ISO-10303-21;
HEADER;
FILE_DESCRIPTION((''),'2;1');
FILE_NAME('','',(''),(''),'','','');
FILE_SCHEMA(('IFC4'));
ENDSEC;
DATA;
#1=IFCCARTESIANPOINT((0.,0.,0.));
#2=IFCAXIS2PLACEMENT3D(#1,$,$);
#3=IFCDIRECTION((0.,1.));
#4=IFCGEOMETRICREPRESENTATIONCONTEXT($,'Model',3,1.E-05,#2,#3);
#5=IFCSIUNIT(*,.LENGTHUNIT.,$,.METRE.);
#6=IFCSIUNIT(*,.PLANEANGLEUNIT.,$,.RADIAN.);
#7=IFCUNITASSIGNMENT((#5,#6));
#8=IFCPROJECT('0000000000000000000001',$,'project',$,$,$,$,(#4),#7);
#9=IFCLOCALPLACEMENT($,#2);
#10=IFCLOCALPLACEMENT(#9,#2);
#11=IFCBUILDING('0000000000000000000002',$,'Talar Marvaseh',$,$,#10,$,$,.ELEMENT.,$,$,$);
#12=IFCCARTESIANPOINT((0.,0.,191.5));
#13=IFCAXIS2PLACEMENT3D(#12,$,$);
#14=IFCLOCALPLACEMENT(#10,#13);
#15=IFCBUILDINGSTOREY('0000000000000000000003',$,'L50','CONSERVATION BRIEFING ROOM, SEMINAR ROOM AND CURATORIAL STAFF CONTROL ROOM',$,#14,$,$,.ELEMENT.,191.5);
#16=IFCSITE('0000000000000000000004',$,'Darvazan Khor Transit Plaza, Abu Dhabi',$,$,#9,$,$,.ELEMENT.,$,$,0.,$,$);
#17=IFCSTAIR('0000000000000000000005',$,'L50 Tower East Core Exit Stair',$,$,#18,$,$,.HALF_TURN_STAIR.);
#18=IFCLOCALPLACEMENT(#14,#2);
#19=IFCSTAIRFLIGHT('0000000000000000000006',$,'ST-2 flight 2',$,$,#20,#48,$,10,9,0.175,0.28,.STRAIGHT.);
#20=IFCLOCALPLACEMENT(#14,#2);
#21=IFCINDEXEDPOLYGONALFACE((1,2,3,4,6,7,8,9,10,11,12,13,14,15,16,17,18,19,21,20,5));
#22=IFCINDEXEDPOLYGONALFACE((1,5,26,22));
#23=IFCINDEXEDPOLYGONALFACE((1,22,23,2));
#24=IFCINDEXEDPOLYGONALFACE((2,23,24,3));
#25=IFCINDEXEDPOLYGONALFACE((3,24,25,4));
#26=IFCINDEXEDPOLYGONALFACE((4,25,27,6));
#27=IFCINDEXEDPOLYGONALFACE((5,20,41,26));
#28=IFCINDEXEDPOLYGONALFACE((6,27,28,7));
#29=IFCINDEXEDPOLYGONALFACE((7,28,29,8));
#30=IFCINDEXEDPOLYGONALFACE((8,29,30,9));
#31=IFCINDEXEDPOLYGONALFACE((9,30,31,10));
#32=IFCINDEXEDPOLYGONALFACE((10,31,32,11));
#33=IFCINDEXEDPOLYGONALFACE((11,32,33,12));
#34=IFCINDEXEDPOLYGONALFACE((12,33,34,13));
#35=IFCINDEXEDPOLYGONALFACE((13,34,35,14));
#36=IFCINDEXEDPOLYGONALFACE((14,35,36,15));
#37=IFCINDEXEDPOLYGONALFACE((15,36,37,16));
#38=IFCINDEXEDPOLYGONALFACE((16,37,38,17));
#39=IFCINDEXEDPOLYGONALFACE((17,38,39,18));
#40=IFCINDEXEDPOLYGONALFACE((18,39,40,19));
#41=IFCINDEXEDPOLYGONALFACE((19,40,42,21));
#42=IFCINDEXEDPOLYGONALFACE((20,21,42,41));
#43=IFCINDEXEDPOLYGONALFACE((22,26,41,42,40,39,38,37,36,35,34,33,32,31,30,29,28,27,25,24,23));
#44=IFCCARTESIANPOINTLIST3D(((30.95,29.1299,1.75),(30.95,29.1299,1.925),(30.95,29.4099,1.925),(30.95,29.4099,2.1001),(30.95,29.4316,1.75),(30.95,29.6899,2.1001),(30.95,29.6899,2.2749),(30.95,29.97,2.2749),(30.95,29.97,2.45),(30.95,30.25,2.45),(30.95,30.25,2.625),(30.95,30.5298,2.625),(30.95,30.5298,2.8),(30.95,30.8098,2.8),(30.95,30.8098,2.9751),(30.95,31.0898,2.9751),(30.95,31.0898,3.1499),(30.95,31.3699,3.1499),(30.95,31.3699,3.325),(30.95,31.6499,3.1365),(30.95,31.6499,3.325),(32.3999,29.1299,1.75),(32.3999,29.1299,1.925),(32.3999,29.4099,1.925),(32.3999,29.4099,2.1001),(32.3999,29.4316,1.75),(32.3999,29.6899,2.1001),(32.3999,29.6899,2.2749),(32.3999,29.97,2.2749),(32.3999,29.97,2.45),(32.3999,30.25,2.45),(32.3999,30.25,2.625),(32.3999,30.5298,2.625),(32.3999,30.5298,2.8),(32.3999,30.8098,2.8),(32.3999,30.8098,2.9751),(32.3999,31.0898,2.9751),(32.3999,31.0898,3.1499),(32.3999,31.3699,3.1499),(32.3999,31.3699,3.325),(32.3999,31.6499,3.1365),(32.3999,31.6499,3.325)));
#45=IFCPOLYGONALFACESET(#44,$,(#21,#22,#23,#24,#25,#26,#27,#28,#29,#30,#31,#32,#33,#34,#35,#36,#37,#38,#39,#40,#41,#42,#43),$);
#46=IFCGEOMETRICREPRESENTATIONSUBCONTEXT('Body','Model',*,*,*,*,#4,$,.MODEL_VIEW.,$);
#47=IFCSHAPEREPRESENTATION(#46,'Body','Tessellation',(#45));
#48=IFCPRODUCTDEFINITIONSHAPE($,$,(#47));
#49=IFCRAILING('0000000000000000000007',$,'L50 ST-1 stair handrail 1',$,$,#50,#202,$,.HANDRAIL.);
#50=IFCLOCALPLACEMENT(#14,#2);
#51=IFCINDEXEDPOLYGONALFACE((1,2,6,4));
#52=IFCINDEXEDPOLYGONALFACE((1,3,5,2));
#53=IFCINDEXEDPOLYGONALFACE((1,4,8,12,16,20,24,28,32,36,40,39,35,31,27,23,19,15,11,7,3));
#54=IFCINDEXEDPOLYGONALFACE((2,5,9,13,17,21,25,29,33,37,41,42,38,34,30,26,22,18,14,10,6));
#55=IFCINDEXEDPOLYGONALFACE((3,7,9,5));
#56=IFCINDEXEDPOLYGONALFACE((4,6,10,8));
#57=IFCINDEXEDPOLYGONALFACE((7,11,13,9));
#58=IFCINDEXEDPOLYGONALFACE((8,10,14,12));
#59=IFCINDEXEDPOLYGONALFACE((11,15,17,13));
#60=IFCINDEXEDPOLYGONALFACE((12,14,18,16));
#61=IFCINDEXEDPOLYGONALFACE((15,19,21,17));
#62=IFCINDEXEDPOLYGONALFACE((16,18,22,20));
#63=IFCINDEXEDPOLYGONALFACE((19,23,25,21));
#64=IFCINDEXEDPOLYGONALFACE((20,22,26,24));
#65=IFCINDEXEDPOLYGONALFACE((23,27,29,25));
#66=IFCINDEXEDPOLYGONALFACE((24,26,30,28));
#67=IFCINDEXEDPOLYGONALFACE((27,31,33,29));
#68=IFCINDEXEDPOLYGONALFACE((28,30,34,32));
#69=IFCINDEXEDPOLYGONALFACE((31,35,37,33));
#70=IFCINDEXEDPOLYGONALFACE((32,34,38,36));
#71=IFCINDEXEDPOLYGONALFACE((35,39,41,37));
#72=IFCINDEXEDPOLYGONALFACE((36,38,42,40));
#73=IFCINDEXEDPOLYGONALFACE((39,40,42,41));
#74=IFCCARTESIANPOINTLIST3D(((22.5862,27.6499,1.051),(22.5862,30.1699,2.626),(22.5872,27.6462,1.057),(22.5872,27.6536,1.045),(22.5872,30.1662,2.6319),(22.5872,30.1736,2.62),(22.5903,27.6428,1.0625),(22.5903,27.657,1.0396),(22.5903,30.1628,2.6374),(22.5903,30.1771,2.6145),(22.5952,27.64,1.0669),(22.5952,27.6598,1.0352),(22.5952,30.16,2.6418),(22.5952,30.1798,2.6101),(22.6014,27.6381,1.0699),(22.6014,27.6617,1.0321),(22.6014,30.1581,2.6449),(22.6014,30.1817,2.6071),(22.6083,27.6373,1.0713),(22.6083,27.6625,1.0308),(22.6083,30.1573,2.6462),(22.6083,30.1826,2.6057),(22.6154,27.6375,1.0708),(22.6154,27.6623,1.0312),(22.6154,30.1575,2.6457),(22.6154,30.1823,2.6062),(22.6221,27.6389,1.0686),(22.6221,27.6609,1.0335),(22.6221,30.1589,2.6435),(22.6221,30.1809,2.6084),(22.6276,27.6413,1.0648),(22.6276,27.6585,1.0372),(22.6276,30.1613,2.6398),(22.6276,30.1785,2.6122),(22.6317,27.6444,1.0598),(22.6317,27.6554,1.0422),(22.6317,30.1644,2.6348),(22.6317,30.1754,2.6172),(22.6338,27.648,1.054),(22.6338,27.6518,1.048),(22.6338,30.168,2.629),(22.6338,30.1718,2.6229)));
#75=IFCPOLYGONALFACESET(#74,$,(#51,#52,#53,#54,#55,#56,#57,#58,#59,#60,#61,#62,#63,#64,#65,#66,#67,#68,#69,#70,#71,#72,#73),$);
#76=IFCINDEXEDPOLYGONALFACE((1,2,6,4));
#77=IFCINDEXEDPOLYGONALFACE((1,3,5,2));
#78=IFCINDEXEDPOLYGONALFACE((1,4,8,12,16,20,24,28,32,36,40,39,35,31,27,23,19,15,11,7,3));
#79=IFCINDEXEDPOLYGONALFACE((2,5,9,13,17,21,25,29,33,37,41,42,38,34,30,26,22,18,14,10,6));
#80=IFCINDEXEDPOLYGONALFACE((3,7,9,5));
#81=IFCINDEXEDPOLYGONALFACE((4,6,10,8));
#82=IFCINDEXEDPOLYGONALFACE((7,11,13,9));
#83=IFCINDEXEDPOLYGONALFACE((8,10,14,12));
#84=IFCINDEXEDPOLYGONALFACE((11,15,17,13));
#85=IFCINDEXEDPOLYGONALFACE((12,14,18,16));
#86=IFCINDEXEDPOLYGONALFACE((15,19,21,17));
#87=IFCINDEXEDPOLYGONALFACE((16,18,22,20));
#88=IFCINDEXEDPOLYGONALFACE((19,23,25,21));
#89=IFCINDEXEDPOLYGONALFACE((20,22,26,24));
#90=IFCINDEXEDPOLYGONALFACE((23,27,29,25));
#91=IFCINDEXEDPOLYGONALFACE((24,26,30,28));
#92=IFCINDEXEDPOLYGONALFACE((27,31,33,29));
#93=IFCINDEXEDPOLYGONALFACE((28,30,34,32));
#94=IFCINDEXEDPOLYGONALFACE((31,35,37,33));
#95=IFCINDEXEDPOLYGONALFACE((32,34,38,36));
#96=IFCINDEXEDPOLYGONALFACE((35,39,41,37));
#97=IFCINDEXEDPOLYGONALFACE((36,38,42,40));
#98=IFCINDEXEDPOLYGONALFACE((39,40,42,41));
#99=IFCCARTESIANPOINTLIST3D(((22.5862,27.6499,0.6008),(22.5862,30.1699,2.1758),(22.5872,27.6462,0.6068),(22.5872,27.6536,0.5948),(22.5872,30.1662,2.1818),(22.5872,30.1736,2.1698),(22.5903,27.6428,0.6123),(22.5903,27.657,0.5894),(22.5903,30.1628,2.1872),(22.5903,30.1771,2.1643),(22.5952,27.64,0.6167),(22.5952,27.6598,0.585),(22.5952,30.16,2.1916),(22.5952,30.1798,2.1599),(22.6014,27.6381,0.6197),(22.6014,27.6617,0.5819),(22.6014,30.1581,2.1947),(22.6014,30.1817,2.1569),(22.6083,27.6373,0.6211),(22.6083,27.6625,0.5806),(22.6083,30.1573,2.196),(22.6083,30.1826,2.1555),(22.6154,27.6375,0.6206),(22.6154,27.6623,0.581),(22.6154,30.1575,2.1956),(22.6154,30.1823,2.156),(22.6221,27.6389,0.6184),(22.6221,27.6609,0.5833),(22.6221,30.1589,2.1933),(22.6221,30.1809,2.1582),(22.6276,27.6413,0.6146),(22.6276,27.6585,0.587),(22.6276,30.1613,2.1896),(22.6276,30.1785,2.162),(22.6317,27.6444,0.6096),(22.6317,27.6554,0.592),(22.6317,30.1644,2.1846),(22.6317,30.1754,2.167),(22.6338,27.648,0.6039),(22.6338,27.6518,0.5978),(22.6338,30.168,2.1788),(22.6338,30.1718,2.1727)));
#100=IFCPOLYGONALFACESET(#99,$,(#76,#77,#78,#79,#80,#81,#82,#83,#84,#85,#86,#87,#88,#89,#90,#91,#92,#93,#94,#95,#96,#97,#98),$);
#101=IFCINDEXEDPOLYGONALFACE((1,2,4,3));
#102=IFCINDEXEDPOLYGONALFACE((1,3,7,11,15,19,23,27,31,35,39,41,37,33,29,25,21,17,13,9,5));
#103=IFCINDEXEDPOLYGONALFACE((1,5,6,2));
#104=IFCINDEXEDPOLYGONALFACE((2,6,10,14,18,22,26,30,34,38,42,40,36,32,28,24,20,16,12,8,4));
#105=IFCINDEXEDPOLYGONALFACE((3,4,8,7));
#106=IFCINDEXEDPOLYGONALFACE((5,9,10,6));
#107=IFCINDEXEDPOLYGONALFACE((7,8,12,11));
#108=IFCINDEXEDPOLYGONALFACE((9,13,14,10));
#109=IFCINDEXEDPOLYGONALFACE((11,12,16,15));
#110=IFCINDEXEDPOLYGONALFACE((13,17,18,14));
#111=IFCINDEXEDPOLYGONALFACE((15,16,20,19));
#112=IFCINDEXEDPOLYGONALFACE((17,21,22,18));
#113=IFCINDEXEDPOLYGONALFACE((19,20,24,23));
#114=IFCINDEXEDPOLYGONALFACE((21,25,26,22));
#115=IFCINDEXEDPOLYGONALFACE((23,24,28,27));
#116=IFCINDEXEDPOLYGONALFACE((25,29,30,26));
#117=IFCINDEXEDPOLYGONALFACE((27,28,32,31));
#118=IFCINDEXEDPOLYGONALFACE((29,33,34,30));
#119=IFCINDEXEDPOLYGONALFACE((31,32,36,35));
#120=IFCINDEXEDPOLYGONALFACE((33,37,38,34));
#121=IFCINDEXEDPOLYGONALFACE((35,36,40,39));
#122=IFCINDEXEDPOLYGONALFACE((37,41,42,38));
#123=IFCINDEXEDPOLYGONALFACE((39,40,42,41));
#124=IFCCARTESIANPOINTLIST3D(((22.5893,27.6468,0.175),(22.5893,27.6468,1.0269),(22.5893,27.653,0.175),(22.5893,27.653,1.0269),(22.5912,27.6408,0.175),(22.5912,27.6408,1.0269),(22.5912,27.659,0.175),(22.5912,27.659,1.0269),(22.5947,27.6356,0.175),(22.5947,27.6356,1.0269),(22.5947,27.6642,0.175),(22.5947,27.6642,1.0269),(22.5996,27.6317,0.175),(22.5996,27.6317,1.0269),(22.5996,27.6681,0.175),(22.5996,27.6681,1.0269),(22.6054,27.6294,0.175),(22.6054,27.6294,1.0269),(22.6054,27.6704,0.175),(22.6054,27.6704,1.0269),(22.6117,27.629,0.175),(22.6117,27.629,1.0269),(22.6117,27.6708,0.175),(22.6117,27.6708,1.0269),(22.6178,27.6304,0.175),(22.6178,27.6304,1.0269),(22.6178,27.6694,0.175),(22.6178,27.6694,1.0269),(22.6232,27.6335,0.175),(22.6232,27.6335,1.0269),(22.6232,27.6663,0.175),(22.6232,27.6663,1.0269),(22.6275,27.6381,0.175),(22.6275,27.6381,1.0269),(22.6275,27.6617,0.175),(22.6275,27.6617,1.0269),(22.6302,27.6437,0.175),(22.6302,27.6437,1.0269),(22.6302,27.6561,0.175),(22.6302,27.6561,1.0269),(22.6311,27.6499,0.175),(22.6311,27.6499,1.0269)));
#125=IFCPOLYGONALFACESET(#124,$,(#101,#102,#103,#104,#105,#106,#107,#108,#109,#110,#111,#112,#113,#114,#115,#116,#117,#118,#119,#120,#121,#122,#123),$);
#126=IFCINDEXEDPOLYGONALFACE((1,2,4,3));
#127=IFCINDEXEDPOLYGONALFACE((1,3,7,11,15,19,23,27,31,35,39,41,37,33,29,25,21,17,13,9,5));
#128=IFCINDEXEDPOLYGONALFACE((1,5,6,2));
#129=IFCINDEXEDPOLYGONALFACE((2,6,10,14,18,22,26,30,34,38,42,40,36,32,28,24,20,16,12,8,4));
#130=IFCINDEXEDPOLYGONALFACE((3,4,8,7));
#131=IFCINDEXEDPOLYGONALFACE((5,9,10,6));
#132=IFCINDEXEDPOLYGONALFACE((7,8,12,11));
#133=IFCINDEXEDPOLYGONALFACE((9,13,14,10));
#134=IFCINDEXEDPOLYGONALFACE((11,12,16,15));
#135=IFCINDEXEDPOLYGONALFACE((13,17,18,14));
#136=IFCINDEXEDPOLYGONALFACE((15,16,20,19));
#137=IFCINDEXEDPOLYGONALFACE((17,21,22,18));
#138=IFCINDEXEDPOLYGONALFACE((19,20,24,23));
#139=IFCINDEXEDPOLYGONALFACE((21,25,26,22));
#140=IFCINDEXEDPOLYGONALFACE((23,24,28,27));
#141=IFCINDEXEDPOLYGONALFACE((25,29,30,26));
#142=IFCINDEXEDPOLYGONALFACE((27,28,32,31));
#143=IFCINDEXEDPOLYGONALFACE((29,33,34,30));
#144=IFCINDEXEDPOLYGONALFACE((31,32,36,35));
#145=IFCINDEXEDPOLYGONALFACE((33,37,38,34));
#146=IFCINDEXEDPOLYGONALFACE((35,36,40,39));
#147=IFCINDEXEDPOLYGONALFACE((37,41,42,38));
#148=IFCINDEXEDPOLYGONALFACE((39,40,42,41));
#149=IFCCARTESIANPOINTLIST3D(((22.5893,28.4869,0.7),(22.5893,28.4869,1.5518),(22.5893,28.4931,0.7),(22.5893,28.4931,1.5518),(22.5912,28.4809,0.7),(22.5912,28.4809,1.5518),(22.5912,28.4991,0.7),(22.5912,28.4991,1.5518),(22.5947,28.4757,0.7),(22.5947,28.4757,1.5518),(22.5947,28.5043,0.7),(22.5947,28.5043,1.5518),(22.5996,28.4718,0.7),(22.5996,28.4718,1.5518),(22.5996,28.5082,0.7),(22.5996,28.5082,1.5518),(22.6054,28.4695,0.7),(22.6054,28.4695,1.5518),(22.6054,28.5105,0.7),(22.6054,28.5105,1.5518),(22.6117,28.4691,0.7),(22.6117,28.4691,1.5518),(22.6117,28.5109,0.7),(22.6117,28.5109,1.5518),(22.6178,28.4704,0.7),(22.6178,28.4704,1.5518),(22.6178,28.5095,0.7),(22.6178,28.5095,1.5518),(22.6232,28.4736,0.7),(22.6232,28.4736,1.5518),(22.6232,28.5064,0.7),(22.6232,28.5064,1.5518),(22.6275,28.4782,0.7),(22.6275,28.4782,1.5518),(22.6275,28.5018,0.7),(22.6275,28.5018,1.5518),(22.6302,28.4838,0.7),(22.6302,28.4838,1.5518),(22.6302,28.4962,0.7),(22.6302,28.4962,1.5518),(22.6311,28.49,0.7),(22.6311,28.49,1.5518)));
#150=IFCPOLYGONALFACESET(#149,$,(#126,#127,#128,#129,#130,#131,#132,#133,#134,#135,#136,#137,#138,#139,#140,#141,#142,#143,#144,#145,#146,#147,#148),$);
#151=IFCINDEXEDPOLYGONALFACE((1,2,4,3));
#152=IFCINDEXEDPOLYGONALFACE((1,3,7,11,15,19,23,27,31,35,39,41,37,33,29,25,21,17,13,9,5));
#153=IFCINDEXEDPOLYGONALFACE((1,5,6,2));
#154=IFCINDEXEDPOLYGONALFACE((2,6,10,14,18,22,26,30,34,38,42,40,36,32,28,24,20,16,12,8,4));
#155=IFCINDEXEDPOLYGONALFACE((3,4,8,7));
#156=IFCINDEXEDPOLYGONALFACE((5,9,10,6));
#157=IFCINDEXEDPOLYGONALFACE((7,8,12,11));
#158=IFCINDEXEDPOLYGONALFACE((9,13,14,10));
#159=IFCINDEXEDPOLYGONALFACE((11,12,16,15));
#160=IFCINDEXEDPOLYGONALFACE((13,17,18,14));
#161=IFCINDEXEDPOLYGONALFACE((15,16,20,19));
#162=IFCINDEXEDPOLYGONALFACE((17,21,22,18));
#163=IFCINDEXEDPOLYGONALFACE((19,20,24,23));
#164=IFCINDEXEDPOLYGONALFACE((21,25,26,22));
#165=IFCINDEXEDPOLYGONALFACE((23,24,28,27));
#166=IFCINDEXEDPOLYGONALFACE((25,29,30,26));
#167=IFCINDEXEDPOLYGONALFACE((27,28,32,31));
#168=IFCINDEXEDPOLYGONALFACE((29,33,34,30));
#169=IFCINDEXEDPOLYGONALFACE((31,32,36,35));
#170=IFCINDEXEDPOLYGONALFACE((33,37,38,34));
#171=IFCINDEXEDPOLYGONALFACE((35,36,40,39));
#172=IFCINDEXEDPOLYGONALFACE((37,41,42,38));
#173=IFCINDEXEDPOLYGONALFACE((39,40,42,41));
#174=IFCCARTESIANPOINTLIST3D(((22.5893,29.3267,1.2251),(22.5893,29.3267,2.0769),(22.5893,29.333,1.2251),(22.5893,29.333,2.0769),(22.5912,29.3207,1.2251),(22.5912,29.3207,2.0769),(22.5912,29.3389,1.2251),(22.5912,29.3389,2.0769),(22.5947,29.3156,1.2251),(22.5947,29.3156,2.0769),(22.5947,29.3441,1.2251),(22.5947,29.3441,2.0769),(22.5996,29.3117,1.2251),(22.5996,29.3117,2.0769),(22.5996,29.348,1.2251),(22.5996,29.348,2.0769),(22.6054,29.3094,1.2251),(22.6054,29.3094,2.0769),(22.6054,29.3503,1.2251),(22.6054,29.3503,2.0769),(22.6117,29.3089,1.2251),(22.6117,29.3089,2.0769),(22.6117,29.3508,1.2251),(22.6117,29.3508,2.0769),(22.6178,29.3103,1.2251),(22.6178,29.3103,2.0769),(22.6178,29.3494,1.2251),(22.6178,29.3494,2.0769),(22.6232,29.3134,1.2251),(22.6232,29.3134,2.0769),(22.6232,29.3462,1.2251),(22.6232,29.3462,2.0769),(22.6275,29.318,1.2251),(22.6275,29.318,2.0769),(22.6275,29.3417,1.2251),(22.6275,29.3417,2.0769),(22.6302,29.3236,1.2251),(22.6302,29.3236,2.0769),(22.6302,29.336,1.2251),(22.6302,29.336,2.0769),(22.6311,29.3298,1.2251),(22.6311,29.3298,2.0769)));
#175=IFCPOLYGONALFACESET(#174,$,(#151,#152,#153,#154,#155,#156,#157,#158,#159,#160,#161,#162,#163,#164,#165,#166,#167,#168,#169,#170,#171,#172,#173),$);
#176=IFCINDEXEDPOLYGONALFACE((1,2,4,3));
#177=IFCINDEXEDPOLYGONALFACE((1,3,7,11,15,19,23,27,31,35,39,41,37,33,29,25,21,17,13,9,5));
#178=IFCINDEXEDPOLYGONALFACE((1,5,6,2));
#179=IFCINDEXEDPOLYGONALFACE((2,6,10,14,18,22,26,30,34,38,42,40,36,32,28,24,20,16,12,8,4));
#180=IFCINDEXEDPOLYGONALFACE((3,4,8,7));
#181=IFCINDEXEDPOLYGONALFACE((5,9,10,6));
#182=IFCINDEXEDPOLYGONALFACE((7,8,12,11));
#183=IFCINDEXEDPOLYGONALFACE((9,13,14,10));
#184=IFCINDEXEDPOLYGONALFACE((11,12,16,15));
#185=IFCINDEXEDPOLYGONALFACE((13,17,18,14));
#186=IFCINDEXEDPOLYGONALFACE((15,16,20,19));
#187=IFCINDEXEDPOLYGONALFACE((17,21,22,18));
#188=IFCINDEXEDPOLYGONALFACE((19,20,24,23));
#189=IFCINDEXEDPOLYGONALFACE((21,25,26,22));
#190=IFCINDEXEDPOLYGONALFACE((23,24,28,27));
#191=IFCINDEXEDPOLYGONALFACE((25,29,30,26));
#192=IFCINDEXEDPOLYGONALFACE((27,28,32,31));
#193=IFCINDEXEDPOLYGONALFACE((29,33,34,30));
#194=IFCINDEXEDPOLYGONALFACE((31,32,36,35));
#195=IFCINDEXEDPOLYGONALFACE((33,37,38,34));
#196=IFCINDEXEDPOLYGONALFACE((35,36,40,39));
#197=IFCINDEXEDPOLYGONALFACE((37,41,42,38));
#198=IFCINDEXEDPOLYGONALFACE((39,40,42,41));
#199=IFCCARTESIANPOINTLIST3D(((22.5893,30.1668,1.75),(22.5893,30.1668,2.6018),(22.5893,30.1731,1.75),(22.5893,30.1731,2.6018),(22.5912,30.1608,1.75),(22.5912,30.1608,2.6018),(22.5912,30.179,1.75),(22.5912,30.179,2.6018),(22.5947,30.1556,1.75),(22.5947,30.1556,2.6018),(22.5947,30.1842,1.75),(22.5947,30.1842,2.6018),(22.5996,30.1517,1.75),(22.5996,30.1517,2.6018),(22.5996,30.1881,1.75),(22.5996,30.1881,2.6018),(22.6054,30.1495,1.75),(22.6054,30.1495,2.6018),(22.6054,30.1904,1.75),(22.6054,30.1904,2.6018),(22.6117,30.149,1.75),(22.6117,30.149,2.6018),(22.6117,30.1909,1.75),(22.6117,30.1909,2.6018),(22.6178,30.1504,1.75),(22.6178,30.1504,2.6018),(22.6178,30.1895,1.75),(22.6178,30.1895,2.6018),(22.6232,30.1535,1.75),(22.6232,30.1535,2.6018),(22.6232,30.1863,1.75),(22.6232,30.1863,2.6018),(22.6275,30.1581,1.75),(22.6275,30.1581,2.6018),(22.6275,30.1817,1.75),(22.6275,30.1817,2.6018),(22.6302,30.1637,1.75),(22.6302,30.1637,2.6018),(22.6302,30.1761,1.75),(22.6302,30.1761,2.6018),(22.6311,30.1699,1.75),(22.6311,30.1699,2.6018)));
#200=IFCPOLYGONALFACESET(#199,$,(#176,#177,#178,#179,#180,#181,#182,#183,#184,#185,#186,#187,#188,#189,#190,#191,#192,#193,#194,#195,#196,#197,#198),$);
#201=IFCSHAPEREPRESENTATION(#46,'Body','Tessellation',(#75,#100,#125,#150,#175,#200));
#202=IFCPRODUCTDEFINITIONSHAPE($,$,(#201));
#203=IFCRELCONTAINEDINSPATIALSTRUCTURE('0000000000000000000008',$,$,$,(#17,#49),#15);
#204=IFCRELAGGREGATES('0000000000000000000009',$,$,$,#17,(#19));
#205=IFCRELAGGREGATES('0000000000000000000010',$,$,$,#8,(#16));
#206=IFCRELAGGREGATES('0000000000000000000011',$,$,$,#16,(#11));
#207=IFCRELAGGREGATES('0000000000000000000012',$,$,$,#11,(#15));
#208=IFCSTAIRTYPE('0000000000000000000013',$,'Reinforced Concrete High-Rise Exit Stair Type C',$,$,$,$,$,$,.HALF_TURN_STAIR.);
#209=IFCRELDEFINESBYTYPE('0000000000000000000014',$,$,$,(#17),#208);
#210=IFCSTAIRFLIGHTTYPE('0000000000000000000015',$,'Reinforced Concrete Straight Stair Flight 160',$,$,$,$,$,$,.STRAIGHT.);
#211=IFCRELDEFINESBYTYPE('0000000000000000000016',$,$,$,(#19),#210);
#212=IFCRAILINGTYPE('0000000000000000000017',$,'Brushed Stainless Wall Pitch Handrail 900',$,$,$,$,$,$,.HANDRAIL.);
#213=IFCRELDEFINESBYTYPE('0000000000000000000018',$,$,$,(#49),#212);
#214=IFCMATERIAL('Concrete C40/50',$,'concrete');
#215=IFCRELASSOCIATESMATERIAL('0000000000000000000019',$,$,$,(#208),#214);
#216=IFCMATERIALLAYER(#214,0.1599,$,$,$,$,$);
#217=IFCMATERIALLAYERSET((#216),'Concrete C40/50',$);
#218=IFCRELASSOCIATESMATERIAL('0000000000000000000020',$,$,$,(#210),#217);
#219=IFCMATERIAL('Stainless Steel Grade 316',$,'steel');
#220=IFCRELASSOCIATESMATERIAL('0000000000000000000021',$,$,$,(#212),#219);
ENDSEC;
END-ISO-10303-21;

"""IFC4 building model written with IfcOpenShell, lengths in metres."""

from ifc_helpers import new_model, si_unit, direction, frame, origin, origin_2d, place, context, subcontext, project, spatial, polyline, circle, outline, extrude, material, layer, layer_set, type_object, element, aggregate, save


model = new_model("IFC4")

# Units and contexts
model_context = context("Model", 3, precision=1e-05, world=origin(), true_north=direction((0.0, 1.0)))
body_context = subcontext(model_context, "Body", "Model", "MODEL_VIEW")
ifc_project = project(units=[si_unit("LENGTHUNIT", "METRE"), si_unit("PLANEANGLEUNIT", "RADIAN")], contexts=[model_context])

# Site, building, storey
site_placement = place(None, origin())
site = spatial("IfcSite", under=ifc_project, at=site_placement, Name="Darvazan Khor Transit Plaza, Abu Dhabi", CompositionType="ELEMENT", RefElevation=0.0)
building_placement = place(site_placement, origin())
building = spatial("IfcBuilding", under=site, at=building_placement, Name="Talar Marvaseh", CompositionType="ELEMENT")
storey_placement = place(building_placement, frame((0.0, 0.0, 191.5)))
storey = spatial("IfcBuildingStorey", under=building, at=storey_placement, Name="L50", Description="CONSERVATION BRIEFING ROOM, SEMINAR ROOM AND CURATORIAL STAFF CONTROL ROOM", CompositionType="ELEMENT", Elevation=191.5)

# Shared definitions
ifc_material_1 = material(Name="Concrete C40/50", Category="concrete")

# Shared definitions
ifc_material_2 = material(Name="Stainless Steel Grade 316", Category="steel")

# Stair, stair flight
stair_type = type_object("IfcStairType", Name="Reinforced Concrete High-Rise Exit Stair Type C", PredefinedType="HALF_TURN_STAIR", material=ifc_material_1)
stair_placement = place(storey_placement, origin())
stair = element("IfcStair", 1, at=stair_placement, inside=storey, type_object=stair_type, Name="L50 Tower East Core Exit Stair", PredefinedType="HALF_TURN_STAIR")
ifc_layer_1 = layer(ifc_material_1, 0.1599)
ifc_layer_set_1 = layer_set([ifc_layer_1], Name="Concrete C40/50")
stair_flight_type = type_object("IfcStairFlightType", Name="Reinforced Concrete Straight Stair Flight 160", PredefinedType="STRAIGHT", material=ifc_layer_set_1)
stair_flight_1_placement = place(storey_placement, frame((31.675, 29.1299, 1.75), z_axis=(0.0, 0.0, 1.0), x_axis=(0.0, 1.0, 0.0)))
stair_flight_1 = element("IfcStairFlight", 2, at=stair_flight_1_placement, type_object=stair_flight_type, Name="ST-2 flight 2", NumberOfRisers=10, NumberOfTreads=9, PredefinedType="STRAIGHT", RiserHeight=0.175, TreadLength=0.28, context=body_context, shape_type="SweptSolid", body=[
    extrude(outline(polyline([(0.0, 0.0), (0.0, 0.175), (0.28, 0.175), (0.28, 0.3501), (0.5601, 0.3501), (0.5601, 0.5249), (0.8401, 0.5249), (0.8401, 0.7), (1.1201, 0.7), (1.1201, 0.875), (1.3999, 0.875), (1.3999, 1.05), (1.6799, 1.05), (1.6799, 1.2251), (1.96, 1.2251), (1.96, 1.3999), (2.24, 1.3999), (2.24, 1.575), (2.52, 1.575), (2.52, 1.75), (2.52, 1.3865), (0.3018, 0.0), (0.0, 0.0)])), frame((0.0, 0.7251, 0.0), z_axis=(0.0, -1.0, 0.0), x_axis=(1.0, 0.0, 0.0)), (0.0, 0.0, 1.0), 1.45),
])
aggregate(stair, [stair_flight_1])

# Railing
railing_type_1 = type_object("IfcRailingType", Name="Brushed Stainless Wall Pitch Handrail 900", PredefinedType="HANDRAIL", material=ifc_material_2)
railing_1_placement = place(storey_placement, frame((22.6101, 27.6499, 0.175)))
element("IfcRailing", 3, at=railing_1_placement, inside=storey, type_object=railing_type_1, Name="L50 ST-1 stair handrail 1", PredefinedType="HANDRAIL", context=body_context, shape_type="SweptSolid", body=[
    extrude(circle(Radius=0.0239, at=origin_2d()), frame((0.0, 0.0, 0.876), z_axis=(0.0, 0.848008, 0.529984), x_axis=(-1.0, 0.0, 0.0)), (0.0, 0.0, 1.0), 2.9717),
    extrude(circle(Radius=0.0239, at=origin_2d()), frame((0.0, 0.0, 0.4258), z_axis=(0.0, 0.848008, 0.529984), x_axis=(-1.0, 0.0, 0.0)), (0.0, 0.0, 1.0), 2.9717),
    extrude(circle(Radius=0.021, at=origin_2d()), origin(), (0.0, 0.0, 1.0), 0.8518),
    extrude(circle(Radius=0.021, at=origin_2d()), frame((0.0, 0.8401, 0.5249)), (0.0, 0.0, 1.0), 0.8518),
    extrude(circle(Radius=0.021, at=origin_2d()), frame((0.0, 1.6799, 1.05)), (0.0, 0.0, 1.0), 0.8518),
    extrude(circle(Radius=0.021, at=origin_2d()), frame((0.0, 2.52, 1.575)), (0.0, 0.0, 1.0), 0.8518),
])

save(model, "model.ifc")
